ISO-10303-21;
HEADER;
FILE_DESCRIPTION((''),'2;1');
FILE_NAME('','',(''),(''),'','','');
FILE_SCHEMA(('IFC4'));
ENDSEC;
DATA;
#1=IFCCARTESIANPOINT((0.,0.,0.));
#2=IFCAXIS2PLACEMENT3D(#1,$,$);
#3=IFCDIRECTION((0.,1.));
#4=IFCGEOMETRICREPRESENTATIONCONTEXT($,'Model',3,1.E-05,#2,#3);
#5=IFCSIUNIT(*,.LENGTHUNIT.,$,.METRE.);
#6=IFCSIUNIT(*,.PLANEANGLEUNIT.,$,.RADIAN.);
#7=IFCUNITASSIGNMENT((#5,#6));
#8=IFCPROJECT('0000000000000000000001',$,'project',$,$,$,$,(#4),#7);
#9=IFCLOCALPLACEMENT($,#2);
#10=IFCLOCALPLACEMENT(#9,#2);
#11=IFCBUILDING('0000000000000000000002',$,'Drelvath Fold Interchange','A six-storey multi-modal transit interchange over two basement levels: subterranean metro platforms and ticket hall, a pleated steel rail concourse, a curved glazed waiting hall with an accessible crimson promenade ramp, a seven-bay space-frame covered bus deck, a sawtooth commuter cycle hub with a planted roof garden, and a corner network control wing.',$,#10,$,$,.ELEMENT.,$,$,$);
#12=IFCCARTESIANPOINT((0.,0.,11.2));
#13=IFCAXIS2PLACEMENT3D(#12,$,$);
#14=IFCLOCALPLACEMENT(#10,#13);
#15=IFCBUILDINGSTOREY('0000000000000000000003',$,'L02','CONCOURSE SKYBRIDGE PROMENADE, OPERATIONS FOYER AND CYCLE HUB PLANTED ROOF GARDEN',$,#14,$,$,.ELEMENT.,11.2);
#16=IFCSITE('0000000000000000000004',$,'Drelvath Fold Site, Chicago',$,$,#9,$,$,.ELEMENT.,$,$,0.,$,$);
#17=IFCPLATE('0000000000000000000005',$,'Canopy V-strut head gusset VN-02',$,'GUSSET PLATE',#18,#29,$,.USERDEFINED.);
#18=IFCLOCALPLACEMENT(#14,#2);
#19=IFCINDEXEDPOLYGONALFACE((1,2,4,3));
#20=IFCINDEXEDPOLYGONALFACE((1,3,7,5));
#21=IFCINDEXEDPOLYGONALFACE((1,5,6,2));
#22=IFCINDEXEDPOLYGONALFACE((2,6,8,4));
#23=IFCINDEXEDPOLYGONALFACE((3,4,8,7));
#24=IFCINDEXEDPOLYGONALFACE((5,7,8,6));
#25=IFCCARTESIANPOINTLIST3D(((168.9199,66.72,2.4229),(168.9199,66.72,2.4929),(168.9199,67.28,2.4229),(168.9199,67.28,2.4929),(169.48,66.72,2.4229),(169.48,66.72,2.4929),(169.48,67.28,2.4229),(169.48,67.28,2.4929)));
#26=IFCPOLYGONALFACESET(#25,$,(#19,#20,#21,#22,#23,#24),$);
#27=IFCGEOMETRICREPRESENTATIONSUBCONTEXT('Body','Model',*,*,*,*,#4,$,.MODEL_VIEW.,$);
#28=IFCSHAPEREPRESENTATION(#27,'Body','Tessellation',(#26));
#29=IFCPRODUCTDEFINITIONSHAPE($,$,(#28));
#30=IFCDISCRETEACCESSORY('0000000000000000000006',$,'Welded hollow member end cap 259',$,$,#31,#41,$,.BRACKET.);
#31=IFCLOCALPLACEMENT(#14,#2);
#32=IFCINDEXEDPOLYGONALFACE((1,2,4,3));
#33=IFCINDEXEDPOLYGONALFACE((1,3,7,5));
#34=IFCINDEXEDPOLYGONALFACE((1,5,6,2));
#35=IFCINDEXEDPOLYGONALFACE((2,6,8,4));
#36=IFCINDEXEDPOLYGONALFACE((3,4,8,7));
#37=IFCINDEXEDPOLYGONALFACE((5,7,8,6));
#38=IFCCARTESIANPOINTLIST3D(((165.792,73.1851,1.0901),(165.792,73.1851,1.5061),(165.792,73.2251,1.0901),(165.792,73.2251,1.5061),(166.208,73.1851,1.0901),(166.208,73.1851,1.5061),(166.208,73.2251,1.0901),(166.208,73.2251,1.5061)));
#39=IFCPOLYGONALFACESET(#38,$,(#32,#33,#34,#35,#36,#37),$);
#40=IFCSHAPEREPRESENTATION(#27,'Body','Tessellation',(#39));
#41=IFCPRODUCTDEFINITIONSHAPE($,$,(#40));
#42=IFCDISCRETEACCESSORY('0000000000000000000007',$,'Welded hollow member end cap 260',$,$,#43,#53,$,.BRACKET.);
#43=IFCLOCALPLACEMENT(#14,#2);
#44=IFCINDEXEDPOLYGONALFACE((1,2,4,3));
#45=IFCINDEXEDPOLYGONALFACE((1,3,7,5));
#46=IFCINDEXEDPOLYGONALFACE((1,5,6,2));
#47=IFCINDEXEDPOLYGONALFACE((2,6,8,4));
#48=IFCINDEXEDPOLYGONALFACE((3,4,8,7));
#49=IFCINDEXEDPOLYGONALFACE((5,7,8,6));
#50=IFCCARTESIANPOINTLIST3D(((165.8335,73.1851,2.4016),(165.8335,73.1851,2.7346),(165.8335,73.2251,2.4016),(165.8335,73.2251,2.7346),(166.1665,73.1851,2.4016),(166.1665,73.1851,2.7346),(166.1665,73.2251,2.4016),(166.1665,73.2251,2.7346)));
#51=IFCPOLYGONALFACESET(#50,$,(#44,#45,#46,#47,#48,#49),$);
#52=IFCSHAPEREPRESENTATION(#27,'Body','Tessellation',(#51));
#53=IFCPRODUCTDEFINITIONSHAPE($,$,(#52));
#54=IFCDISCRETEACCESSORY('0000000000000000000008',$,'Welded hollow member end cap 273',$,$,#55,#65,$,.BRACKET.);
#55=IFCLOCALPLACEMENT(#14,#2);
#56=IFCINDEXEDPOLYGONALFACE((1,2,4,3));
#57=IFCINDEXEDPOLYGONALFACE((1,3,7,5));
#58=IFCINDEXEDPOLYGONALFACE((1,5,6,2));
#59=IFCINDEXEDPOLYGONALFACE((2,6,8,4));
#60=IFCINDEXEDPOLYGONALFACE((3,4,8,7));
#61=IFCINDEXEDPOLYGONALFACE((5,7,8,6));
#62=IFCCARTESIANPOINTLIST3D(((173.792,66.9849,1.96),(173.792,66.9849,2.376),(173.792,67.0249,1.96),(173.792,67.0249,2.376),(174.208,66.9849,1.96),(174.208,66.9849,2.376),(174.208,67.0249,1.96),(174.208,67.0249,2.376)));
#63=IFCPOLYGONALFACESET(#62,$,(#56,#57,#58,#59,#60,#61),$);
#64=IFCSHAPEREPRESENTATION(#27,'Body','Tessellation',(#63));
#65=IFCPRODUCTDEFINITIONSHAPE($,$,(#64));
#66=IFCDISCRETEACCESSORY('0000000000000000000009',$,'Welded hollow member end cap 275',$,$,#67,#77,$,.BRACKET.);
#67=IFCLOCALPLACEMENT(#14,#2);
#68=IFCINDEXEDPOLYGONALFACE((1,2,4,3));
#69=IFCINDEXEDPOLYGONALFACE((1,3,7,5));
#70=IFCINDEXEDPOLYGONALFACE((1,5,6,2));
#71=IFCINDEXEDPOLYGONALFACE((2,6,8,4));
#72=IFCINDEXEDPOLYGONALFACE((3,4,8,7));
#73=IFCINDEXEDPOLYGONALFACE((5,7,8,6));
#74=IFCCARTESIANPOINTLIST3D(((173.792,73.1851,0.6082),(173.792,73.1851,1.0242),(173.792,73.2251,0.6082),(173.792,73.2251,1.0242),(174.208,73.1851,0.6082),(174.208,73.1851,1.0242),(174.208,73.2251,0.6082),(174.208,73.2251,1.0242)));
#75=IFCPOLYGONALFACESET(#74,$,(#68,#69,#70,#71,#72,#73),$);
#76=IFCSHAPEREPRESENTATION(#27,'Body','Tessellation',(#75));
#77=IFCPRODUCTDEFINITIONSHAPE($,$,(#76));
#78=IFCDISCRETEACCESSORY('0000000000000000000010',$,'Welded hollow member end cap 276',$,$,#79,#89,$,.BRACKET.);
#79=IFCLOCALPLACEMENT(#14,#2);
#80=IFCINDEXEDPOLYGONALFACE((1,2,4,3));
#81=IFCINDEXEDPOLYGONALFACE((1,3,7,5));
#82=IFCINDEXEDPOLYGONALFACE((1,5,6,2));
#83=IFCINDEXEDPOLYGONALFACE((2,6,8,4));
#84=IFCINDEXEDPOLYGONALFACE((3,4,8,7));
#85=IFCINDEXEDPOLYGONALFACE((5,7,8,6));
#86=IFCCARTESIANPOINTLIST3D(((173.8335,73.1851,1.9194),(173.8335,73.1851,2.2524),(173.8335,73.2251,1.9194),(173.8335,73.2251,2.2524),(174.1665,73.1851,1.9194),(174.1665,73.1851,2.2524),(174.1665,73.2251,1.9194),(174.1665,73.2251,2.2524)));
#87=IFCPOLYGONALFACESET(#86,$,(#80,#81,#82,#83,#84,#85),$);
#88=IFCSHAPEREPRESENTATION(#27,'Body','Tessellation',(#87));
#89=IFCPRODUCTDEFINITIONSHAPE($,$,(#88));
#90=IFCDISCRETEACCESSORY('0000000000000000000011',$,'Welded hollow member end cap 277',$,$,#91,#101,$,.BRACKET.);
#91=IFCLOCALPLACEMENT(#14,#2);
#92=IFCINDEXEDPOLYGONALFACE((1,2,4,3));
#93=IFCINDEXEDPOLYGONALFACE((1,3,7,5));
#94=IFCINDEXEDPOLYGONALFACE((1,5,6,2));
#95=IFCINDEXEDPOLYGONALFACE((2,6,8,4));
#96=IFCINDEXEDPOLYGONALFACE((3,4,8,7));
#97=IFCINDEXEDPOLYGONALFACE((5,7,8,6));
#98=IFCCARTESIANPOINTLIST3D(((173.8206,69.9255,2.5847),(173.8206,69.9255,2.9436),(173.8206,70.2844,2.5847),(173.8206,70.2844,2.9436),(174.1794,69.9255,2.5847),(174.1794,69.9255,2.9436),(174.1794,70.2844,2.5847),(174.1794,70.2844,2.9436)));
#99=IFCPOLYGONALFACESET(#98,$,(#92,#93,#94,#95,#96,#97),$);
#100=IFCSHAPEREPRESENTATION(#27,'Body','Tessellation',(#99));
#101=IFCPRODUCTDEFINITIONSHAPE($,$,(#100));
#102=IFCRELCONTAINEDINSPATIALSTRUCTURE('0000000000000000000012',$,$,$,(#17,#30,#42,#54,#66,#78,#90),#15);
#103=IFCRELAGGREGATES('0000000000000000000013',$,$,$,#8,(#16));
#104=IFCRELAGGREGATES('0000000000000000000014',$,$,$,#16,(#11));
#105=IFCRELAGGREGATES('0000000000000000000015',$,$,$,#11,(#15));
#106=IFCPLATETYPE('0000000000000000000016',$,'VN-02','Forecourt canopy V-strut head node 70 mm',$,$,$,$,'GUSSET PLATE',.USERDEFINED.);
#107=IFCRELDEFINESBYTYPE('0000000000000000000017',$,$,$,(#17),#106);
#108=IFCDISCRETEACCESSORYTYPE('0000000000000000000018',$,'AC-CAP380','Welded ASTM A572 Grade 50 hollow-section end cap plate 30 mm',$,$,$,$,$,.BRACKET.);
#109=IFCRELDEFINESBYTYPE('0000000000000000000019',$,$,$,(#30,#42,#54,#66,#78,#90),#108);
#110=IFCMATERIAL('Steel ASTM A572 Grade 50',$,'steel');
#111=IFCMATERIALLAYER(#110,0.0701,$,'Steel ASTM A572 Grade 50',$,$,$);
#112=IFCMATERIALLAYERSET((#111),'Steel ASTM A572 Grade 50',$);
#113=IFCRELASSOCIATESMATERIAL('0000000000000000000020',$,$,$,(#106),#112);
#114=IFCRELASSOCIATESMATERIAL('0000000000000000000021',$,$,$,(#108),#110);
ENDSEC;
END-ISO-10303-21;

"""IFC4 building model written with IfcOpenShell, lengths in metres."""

from ifc_helpers import new_model, si_unit, direction, frame, origin, origin_2d, place, context, subcontext, project, spatial, rectangle, extrude, material, layer, layer_set, type_object, element, save


model = new_model("IFC4")

# Units and contexts
model_context = context("Model", 3, precision=1e-05, world=origin(), true_north=direction((0.0, 1.0)))
body_context = subcontext(model_context, "Body", "Model", "MODEL_VIEW")
ifc_project = project(units=[si_unit("LENGTHUNIT", "METRE"), si_unit("PLANEANGLEUNIT", "RADIAN")], contexts=[model_context])

# Site, building, storey
site_placement = place(None, origin())
site = spatial("IfcSite", under=ifc_project, at=site_placement, Name="Drelvath Fold Site, Chicago", CompositionType="ELEMENT", RefElevation=0.0)
building_placement = place(site_placement, origin())
building = spatial("IfcBuilding", under=site, at=building_placement, Name="Drelvath Fold Interchange", Description="A six-storey multi-modal transit interchange over two basement levels: subterranean metro platforms and ticket hall, a pleated steel rail concourse, a curved glazed waiting hall with an accessible crimson promenade ramp, a seven-bay space-frame covered bus deck, a sawtooth commuter cycle hub with a planted roof garden, and a corner network control wing.", CompositionType="ELEMENT")
storey_placement = place(building_placement, frame((0.0, 0.0, 11.2)))
storey = spatial("IfcBuildingStorey", under=building, at=storey_placement, Name="L02", Description="CONCOURSE SKYBRIDGE PROMENADE, OPERATIONS FOYER AND CYCLE HUB PLANTED ROOF GARDEN", CompositionType="ELEMENT", Elevation=11.2)

# Plate
ifc_material_1 = material(Name="Steel ASTM A572 Grade 50", Category="steel")
ifc_layer_1 = layer(ifc_material_1, 0.0701, Name="Steel ASTM A572 Grade 50")
ifc_layer_set_1 = layer_set([ifc_layer_1], Name="Steel ASTM A572 Grade 50")
plate_type_1 = type_object("IfcPlateType", Name="VN-02", Description="Forecourt canopy V-strut head node 70 mm", ElementType="GUSSET PLATE", PredefinedType="USERDEFINED", material=ifc_layer_set_1)
plate_1_placement = place(storey_placement, frame((169.2, 67.0, 2.4229), z_axis=(0.0, 0.0, 1.0), x_axis=(1.0, 0.0, 0.0)))
element("IfcPlate", 1, at=plate_1_placement, inside=storey, type_object=plate_type_1, Name="Canopy V-strut head gusset VN-02", ObjectType="GUSSET PLATE", PredefinedType="USERDEFINED", context=body_context, shape_type="SweptSolid", body=[
    extrude(rectangle(XDim=0.5601, YDim=0.5601, at=origin_2d()), origin(), (0.0, 0.0, 1.0), 0.0701),
])

# Discrete accessories
discrete_accessory_type = type_object("IfcDiscreteAccessoryType", Name="AC-CAP380", Description="Welded ASTM A572 Grade 50 hollow-section end cap plate 30 mm", PredefinedType="BRACKET", material=ifc_material_1)
discrete_accessory_1_placement = place(storey_placement, frame((166.0, 73.2051, 1.0901), z_axis=(0.0, 0.0, 1.0), x_axis=(1.0, 0.0, 0.0)))
element("IfcDiscreteAccessory", 2, at=discrete_accessory_1_placement, inside=storey, type_object=discrete_accessory_type, Name="Welded hollow member end cap 259", PredefinedType="BRACKET", context=body_context, shape_type="SweptSolid", body=[
    extrude(rectangle(XDim=0.416, YDim=0.04, at=origin_2d()), origin(), (0.0, 0.0, 1.0), 0.416),
])
discrete_accessory_2_placement = place(storey_placement, frame((166.0, 73.2051, 2.4016), z_axis=(0.0, 0.0, 1.0), x_axis=(1.0, 0.0, 0.0)))
element("IfcDiscreteAccessory", 3, at=discrete_accessory_2_placement, inside=storey, type_object=discrete_accessory_type, Name="Welded hollow member end cap 260", PredefinedType="BRACKET", context=body_context, shape_type="SweptSolid", body=[
    extrude(rectangle(XDim=0.333, YDim=0.04, at=origin_2d()), origin(), (0.0, 0.0, 1.0), 0.333),
])
for number, where, z_axis, x_axis, name in (
    (4, (174.0, 67.0049, 1.96), (0.0, 0.0, 1.0), (1.0, 0.0, 0.0), "Welded hollow member end cap 273"),
    (5, (174.0, 73.2051, 0.6082), (0.0, 0.0, 1.0), (1.0, 0.0, 0.0), "Welded hollow member end cap 275"),
):
    element("IfcDiscreteAccessory", number, at=place(storey_placement, frame(where, z_axis=z_axis, x_axis=x_axis)), inside=storey, type_object=discrete_accessory_type, Name=name, PredefinedType="BRACKET", context=body_context, shape_type="SweptSolid", body=[
        extrude(rectangle(XDim=0.416, YDim=0.04, at=origin_2d()), origin(), (0.0, 0.0, 1.0), 0.416),
    ])
discrete_accessory_3_placement = place(storey_placement, frame((174.0, 73.2051, 1.9194), z_axis=(0.0, 0.0, 1.0), x_axis=(1.0, 0.0, 0.0)))
element("IfcDiscreteAccessory", 6, at=discrete_accessory_3_placement, inside=storey, type_object=discrete_accessory_type, Name="Welded hollow member end cap 276", PredefinedType="BRACKET", context=body_context, shape_type="SweptSolid", body=[
    extrude(rectangle(XDim=0.333, YDim=0.04, at=origin_2d()), origin(), (0.0, 0.0, 1.0), 0.333),
])
discrete_accessory_4_placement = place(storey_placement, frame((174.0, 70.105, 2.5847), z_axis=(0.0, 0.0, 1.0), x_axis=(1.0, 0.0, 0.0)))
element("IfcDiscreteAccessory", 7, at=discrete_accessory_4_placement, inside=storey, type_object=discrete_accessory_type, Name="Welded hollow member end cap 277", PredefinedType="BRACKET", context=body_context, shape_type="SweptSolid", body=[
    extrude(rectangle(XDim=0.3589, YDim=0.3589, at=origin_2d()), origin(), (0.0, 0.0, 1.0), 0.3589),
])

save(model, "model.ifc")
